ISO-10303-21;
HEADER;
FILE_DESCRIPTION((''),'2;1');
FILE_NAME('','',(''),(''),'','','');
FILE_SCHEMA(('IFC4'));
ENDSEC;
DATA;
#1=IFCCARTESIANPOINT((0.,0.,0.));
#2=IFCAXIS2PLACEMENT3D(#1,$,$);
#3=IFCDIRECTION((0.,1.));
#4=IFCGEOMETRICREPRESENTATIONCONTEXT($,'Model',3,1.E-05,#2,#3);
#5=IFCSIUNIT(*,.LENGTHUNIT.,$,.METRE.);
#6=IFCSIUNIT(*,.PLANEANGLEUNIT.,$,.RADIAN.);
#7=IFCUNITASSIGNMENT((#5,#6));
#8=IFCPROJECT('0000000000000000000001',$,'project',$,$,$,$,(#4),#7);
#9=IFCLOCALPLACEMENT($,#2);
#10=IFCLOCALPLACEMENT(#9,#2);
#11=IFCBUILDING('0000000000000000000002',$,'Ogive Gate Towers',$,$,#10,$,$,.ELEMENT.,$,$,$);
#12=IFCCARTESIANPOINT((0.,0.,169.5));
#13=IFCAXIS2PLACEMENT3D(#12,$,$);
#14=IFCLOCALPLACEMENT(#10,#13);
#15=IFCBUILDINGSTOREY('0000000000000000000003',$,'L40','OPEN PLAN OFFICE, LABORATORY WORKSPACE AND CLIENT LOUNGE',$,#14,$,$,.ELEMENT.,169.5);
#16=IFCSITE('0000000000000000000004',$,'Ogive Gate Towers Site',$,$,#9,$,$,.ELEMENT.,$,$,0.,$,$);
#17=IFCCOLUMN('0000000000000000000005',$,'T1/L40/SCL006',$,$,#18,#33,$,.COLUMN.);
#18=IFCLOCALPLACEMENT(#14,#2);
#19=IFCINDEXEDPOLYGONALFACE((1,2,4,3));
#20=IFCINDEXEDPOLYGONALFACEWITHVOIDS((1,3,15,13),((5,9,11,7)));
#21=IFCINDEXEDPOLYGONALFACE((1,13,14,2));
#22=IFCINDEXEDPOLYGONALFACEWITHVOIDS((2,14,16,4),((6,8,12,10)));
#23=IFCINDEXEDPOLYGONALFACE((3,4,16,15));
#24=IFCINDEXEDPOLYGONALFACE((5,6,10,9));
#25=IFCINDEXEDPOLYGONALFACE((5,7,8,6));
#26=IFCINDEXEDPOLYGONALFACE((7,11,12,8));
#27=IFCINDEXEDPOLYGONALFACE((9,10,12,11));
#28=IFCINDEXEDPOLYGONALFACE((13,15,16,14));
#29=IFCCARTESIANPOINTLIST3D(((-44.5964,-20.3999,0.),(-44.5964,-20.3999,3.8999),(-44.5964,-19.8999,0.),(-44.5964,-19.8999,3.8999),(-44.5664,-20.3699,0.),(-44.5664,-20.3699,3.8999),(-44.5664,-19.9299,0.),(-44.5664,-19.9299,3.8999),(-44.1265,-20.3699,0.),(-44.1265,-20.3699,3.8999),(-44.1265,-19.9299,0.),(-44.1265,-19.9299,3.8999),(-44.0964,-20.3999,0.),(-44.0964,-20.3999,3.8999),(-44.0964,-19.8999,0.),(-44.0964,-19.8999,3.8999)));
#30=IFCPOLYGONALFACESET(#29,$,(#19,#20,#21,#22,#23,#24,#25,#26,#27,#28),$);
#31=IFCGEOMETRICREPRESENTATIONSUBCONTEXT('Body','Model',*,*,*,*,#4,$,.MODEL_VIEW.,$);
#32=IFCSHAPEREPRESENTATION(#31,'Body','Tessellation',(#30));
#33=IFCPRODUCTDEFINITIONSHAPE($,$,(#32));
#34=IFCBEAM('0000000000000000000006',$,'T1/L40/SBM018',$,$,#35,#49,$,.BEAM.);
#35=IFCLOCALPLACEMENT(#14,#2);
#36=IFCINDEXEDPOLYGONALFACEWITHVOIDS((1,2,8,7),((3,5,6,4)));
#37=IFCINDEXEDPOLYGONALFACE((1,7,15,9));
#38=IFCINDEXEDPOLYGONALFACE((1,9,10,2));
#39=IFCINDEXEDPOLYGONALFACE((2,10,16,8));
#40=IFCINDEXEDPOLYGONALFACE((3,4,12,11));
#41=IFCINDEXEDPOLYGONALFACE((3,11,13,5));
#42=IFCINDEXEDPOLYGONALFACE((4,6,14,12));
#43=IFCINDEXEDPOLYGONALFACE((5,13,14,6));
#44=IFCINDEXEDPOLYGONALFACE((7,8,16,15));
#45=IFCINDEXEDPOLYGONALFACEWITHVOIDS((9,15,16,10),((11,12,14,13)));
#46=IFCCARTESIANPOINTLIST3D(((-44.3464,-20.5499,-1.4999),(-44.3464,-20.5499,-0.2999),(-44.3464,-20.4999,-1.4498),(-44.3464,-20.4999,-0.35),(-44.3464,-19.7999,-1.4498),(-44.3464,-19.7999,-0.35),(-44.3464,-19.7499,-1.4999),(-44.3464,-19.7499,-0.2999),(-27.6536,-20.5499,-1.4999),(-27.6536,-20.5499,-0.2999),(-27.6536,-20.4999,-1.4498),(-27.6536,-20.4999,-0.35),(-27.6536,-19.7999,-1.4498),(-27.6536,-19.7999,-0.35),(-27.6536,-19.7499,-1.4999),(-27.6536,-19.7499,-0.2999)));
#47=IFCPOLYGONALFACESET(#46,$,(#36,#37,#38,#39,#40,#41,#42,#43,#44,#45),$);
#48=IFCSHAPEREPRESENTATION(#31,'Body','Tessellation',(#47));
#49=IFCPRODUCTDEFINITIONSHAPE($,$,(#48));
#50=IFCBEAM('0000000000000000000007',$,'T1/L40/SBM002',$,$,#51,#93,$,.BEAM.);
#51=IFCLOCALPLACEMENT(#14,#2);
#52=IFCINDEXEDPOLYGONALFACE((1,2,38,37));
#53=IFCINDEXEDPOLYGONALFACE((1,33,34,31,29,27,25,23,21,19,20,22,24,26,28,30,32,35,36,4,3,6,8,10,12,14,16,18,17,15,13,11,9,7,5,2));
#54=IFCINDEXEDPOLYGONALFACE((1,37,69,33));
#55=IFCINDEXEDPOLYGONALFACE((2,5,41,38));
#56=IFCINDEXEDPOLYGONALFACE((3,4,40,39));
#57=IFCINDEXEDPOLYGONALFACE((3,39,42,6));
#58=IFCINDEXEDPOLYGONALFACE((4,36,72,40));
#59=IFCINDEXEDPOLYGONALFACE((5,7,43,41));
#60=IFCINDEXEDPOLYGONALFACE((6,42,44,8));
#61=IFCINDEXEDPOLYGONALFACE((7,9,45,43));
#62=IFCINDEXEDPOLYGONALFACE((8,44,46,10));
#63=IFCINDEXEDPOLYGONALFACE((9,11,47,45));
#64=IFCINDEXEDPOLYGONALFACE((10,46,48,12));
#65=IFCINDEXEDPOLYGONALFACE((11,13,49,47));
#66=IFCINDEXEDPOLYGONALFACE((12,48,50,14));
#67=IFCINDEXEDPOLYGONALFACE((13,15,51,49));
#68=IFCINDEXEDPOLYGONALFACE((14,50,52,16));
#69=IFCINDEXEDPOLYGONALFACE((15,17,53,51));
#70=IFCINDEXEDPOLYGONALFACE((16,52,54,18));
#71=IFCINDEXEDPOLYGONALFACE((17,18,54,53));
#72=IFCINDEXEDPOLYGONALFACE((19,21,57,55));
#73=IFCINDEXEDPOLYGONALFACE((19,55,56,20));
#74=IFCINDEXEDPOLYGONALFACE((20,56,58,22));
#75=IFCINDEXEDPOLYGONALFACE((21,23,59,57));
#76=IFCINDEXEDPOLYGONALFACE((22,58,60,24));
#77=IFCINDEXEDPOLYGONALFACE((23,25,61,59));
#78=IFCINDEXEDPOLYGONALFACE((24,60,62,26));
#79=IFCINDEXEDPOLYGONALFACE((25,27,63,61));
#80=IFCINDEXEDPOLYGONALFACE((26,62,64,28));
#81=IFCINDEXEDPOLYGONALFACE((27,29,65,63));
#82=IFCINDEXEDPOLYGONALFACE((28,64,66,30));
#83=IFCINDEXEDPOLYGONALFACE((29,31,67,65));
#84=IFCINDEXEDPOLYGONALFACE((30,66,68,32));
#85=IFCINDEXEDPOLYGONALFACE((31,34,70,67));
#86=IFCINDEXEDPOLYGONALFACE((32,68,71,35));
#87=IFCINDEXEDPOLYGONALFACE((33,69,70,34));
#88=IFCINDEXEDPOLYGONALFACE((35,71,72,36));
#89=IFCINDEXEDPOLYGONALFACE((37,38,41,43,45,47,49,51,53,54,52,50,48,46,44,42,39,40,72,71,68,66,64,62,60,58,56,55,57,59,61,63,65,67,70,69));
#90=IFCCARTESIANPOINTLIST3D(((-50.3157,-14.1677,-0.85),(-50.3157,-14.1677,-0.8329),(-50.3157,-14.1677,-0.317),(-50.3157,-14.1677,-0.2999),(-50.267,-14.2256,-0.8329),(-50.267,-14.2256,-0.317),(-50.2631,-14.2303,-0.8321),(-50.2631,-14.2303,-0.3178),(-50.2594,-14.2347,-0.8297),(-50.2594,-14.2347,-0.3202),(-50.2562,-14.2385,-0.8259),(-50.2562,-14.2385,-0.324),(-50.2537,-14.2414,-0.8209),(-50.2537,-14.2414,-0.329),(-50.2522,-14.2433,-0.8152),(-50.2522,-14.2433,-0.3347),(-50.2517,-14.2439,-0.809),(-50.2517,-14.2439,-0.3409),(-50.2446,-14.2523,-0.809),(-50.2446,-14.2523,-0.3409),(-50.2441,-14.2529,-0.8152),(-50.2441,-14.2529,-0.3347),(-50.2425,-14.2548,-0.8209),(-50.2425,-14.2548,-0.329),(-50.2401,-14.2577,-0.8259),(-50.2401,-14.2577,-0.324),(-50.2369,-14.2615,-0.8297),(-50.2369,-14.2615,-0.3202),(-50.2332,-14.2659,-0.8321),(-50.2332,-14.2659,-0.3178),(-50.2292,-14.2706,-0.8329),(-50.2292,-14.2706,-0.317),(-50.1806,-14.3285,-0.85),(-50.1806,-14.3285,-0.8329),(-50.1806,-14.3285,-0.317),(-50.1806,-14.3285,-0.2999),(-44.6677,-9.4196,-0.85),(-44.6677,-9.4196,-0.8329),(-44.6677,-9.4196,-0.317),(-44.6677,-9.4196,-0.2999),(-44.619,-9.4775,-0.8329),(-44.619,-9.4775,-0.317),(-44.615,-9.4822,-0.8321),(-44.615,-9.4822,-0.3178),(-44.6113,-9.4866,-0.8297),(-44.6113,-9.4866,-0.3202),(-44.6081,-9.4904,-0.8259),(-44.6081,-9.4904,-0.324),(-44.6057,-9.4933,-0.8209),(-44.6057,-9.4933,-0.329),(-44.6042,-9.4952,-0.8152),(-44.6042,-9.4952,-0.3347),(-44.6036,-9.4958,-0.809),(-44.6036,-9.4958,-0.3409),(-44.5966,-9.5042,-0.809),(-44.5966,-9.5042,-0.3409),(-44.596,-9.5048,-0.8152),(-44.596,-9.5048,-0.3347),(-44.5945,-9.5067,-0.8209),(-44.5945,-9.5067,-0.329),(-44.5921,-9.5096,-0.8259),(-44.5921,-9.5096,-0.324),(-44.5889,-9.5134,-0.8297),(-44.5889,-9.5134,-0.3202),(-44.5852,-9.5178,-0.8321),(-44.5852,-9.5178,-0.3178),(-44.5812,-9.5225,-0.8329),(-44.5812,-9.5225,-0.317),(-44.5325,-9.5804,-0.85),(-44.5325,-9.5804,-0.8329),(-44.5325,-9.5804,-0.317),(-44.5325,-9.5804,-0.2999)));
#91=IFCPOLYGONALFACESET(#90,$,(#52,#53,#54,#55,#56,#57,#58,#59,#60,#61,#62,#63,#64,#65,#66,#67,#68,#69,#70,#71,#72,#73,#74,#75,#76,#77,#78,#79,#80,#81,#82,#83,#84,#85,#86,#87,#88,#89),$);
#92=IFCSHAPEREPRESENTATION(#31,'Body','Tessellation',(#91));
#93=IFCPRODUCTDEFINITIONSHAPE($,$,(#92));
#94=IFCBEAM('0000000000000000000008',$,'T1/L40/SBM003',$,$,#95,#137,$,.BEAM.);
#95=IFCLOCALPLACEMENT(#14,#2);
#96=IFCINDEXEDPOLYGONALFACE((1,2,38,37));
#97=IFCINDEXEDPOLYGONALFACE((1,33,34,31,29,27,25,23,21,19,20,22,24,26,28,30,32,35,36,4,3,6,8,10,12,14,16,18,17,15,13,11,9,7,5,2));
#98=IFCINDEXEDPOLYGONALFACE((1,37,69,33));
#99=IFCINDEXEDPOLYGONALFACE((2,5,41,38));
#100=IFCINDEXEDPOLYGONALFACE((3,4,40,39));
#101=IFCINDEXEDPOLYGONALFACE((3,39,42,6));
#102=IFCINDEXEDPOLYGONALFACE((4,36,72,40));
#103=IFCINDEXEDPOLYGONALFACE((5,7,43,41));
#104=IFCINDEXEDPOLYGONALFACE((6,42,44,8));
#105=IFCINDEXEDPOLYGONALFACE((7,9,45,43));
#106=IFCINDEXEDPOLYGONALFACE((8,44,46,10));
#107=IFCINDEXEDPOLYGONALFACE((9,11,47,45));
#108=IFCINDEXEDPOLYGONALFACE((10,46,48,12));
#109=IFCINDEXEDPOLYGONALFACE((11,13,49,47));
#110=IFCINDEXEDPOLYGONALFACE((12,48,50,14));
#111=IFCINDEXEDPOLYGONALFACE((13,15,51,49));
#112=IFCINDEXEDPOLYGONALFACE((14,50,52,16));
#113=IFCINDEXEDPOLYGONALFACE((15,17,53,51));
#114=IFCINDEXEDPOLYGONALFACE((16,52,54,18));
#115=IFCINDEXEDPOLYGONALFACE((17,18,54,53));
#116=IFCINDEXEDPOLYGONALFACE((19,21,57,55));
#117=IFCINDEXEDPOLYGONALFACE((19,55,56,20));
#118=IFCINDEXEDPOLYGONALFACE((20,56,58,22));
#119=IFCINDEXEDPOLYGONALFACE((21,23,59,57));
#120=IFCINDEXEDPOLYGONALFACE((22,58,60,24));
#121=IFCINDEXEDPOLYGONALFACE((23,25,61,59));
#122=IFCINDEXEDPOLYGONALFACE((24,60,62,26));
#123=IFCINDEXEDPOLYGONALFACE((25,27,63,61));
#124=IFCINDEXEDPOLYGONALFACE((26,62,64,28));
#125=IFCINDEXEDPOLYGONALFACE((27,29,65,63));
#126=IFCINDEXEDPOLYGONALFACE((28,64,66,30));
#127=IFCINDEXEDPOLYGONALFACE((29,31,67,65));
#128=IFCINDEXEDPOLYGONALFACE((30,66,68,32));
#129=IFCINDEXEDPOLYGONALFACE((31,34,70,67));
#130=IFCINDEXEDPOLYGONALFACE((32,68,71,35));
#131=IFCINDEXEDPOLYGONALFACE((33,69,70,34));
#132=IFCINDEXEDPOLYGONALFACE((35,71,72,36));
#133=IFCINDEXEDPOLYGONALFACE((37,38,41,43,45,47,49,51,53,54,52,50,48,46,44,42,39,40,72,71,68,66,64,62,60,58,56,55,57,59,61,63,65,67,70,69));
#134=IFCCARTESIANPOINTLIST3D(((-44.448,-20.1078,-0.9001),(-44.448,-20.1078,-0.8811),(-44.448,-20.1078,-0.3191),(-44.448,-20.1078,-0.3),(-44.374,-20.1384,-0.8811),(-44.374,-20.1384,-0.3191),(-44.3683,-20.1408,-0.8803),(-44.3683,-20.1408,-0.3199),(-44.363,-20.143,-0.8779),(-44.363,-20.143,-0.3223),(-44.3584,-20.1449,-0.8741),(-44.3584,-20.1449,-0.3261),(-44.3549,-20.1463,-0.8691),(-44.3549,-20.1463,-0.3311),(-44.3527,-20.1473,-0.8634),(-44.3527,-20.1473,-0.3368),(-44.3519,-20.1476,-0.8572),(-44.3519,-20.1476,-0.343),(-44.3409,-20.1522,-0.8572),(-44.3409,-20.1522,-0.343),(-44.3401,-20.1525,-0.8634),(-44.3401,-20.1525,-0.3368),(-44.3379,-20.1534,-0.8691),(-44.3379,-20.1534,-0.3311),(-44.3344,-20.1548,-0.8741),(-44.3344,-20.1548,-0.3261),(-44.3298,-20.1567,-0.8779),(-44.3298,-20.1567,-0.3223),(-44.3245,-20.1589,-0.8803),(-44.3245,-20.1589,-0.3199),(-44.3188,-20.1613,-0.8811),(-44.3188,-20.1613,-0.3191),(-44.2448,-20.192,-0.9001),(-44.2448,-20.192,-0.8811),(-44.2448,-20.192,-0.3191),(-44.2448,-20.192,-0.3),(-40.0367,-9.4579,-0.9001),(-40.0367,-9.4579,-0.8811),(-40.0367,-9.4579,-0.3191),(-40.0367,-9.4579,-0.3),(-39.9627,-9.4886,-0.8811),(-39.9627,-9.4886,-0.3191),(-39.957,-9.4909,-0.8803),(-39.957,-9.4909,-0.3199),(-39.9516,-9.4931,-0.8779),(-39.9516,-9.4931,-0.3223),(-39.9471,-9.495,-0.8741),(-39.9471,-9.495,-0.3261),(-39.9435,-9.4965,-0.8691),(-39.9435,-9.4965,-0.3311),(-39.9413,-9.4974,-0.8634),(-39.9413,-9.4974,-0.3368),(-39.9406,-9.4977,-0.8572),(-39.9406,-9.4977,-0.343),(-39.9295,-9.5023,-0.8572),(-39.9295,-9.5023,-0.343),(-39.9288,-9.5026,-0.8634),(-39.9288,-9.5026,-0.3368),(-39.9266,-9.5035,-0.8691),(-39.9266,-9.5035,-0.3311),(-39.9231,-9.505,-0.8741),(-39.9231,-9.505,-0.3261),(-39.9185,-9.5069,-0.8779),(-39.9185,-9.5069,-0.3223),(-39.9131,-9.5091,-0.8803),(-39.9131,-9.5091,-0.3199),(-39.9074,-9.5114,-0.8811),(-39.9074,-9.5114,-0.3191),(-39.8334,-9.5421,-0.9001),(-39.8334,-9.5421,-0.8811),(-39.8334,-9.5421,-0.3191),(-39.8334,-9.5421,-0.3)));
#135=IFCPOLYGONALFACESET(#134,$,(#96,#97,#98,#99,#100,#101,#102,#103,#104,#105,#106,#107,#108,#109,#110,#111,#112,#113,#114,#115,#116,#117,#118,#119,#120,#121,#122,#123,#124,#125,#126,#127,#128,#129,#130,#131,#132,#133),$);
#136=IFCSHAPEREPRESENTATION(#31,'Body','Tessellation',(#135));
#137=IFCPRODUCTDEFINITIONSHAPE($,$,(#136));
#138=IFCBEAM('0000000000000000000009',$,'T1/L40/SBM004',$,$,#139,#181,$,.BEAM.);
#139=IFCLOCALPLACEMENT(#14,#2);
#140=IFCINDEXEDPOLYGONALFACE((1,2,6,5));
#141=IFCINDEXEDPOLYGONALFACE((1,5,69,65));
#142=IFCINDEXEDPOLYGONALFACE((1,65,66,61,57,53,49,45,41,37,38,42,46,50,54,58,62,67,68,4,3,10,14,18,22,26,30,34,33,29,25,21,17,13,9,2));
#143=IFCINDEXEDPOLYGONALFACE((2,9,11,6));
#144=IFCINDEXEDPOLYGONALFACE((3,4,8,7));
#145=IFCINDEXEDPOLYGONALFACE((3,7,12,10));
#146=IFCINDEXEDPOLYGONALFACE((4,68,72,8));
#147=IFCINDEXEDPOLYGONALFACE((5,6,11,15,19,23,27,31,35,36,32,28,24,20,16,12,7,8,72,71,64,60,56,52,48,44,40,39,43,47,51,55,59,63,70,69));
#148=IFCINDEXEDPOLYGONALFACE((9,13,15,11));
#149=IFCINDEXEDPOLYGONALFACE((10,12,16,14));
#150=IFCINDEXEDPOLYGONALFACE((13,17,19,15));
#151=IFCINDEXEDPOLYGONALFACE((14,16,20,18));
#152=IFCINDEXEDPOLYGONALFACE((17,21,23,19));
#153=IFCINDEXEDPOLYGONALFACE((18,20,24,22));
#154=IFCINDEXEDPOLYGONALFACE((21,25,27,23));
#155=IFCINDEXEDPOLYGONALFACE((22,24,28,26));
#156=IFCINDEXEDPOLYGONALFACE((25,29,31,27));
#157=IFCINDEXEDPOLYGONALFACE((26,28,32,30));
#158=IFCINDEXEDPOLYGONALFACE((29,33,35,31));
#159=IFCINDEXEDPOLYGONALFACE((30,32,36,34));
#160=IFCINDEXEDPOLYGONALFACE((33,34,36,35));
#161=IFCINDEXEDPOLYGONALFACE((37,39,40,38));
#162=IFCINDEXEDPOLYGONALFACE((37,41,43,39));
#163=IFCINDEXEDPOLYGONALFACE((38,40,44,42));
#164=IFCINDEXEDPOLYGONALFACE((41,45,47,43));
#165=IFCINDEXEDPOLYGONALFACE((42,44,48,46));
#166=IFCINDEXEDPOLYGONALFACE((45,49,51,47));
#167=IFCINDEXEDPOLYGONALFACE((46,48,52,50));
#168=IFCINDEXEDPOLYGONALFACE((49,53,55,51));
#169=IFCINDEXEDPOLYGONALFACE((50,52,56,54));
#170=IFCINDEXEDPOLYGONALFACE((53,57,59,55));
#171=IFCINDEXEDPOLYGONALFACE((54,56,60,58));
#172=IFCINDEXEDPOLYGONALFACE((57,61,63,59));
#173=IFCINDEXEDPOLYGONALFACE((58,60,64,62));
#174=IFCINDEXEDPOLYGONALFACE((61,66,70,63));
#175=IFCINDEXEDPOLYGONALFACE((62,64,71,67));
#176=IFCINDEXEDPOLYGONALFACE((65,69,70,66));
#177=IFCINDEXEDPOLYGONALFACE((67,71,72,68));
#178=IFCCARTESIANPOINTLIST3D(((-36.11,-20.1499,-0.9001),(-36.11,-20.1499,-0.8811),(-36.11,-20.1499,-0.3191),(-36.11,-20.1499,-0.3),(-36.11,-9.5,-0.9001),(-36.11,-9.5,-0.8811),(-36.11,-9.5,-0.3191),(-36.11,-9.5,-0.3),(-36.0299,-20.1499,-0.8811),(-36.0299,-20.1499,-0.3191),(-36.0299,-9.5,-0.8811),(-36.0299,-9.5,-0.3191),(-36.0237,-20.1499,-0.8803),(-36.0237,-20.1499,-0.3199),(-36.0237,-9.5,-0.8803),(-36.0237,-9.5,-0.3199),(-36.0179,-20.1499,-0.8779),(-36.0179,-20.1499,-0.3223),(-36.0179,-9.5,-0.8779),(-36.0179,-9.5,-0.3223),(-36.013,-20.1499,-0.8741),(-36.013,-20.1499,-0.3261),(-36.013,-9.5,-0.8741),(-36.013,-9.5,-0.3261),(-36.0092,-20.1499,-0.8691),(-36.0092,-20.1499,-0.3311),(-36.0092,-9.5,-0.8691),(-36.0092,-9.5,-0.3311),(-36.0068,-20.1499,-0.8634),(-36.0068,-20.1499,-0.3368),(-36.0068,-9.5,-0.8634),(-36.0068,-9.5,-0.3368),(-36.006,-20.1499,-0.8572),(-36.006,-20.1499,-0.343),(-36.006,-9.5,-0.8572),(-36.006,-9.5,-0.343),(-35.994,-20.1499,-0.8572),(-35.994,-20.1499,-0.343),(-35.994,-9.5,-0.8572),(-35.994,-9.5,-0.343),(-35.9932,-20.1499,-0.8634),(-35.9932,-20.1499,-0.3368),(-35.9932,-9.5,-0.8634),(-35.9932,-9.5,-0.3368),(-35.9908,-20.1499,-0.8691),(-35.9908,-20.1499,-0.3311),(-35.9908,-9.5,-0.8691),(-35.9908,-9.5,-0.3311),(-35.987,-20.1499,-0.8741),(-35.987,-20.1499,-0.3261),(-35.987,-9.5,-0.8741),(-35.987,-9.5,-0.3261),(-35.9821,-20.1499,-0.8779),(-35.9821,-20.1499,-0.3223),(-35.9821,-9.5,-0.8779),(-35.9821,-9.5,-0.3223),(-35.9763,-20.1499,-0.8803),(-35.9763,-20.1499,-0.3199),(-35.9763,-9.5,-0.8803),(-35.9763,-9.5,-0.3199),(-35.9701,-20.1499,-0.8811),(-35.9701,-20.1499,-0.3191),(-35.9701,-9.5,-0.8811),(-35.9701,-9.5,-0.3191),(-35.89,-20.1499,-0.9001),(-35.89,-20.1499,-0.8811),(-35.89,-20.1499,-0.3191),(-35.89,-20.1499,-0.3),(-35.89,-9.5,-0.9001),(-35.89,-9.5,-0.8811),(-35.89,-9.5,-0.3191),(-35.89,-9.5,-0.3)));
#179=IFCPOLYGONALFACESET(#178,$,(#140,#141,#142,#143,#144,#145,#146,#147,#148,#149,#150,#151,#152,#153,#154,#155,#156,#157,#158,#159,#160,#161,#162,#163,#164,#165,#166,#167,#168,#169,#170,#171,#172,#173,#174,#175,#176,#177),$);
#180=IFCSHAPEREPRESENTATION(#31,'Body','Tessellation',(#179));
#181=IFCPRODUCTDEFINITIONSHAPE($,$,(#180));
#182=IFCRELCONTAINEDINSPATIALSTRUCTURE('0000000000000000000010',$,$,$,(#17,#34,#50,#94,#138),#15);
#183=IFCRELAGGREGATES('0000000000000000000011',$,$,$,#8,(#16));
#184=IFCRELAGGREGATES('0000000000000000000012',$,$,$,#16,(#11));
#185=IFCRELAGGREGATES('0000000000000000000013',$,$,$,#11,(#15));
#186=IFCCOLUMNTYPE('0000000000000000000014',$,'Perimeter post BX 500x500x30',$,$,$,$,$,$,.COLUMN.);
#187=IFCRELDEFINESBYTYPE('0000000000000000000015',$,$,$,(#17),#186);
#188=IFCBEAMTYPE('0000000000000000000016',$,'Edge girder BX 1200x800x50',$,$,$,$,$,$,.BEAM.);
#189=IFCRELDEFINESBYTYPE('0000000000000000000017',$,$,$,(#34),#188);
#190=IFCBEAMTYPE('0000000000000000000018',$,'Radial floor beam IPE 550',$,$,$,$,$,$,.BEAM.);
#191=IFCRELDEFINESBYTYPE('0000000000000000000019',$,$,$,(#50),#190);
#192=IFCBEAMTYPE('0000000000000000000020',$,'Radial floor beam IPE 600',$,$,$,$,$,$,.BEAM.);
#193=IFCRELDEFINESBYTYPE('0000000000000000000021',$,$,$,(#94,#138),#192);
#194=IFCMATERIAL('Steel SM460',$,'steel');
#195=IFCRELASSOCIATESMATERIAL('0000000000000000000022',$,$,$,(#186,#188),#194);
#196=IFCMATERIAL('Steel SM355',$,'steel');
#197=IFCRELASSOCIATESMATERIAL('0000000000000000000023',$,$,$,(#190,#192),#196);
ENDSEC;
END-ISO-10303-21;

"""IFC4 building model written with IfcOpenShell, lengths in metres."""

from ifc_helpers import new_model, si_unit, direction, frame, origin, origin_2d, place, context, subcontext, project, spatial, hollow_rectangle, i_section, extrude, material, material_profile, profile_set, type_object, element, save


model = new_model("IFC4")

# Units and contexts
model_context = context("Model", 3, precision=1e-05, world=origin(), true_north=direction((0.0, 1.0)))
body_context = subcontext(model_context, "Body", "Model", "MODEL_VIEW")
ifc_project = project(units=[si_unit("LENGTHUNIT", "METRE"), si_unit("PLANEANGLEUNIT", "RADIAN")], contexts=[model_context])

# Site, building, storey
site_placement = place(None, origin())
site = spatial("IfcSite", under=ifc_project, at=site_placement, Name="Ogive Gate Towers Site", CompositionType="ELEMENT", RefElevation=0.0)
building_placement = place(site_placement, origin())
building = spatial("IfcBuilding", under=site, at=building_placement, Name="Ogive Gate Towers", CompositionType="ELEMENT")
storey_placement = place(building_placement, frame((0.0, 0.0, 169.5)))
storey = spatial("IfcBuildingStorey", under=building, at=storey_placement, Name="L40", Description="OPEN PLAN OFFICE, LABORATORY WORKSPACE AND CLIENT LOUNGE", CompositionType="ELEMENT", Elevation=169.5)

# Column
ifc_material_1 = material(Name="Steel SM460", Category="steel")
ifc_material_profile_1 = material_profile(ifc_material_1, hollow_rectangle(XDim=0.5, YDim=0.5, WallThickness=0.03, at=origin_2d()), Name="BX 500x500x30")
ifc_profile_set_1 = profile_set([ifc_material_profile_1], Name="Steel SM460")
column_type = type_object("IfcColumnType", Name="Perimeter post BX 500x500x30", PredefinedType="COLUMN", material=ifc_profile_set_1)
column_placement = place(storey_placement, frame((-44.3464, -20.1499, 0.0), z_axis=(0.0, 0.0, 1.0), x_axis=(1.0, 0.0, 0.0)))
element("IfcColumn", 1, at=column_placement, inside=storey, type_object=column_type, Name="T1/L40/SCL006", PredefinedType="COLUMN", context=body_context, shape_type="SweptSolid", body=[
    extrude(hollow_rectangle(XDim=0.5, YDim=0.5, WallThickness=0.03, at=origin_2d()), origin(), (0.0, 0.0, 1.0), 3.8999),
])

# Beams
ifc_material_profile_2 = material_profile(ifc_material_1, hollow_rectangle(XDim=0.8, YDim=1.2, WallThickness=0.05, at=origin_2d()), Name="BX 1200x800x50")
ifc_profile_set_2 = profile_set([ifc_material_profile_2], Name="Steel SM460")
beam_type_1 = type_object("IfcBeamType", Name="Edge girder BX 1200x800x50", PredefinedType="BEAM", material=ifc_profile_set_2)
beam_1_placement = place(storey_placement, frame((-44.3464, -20.1499, -0.8999), z_axis=(1.0, 0.0, 0.0), x_axis=(0.0, 1.0, 0.0)))
element("IfcBeam", 2, at=beam_1_placement, inside=storey, type_object=beam_type_1, Name="T1/L40/SBM018", PredefinedType="BEAM", context=body_context, shape_type="SweptSolid", body=[
    extrude(hollow_rectangle(XDim=0.8, YDim=1.2, WallThickness=0.05, at=origin_2d()), origin(), (0.0, 0.0, 1.0), 16.6929),
])
ifc_material_2 = material(Name="Steel SM355", Category="steel")
ifc_material_profile_3 = material_profile(ifc_material_2, i_section(OverallWidth=0.21, OverallDepth=0.55, WebThickness=0.011, FlangeThickness=0.0171, FilletRadius=0.0239, at=origin_2d()), Name="IPE 550")
ifc_profile_set_3 = profile_set([ifc_material_profile_3], Name="Steel SM355")
beam_type_2 = type_object("IfcBeamType", Name="Radial floor beam IPE 550", PredefinedType="BEAM", material=ifc_profile_set_3)
beam_2_placement = place(storey_placement, frame((-44.6001, -9.5, -0.575), z_axis=(-0.765453, -0.643492, 0.0), x_axis=(0.643492, -0.765453, 0.0)))
element("IfcBeam", 3, at=beam_2_placement, inside=storey, type_object=beam_type_2, Name="T1/L40/SBM002", PredefinedType="BEAM", context=body_context, shape_type="SweptSolid", body=[
    extrude(i_section(OverallWidth=0.21, OverallDepth=0.55, WebThickness=0.011, FlangeThickness=0.0171, FilletRadius=0.0239, at=origin_2d()), origin(), (0.0, 0.0, 1.0), 7.3787),
])
ifc_material_profile_4 = material_profile(ifc_material_2, i_section(OverallWidth=0.22, OverallDepth=0.6001, WebThickness=0.012, FlangeThickness=0.019, FilletRadius=0.0239, at=origin_2d()), Name="IPE 600")
ifc_profile_set_4 = profile_set([ifc_material_profile_4], Name="Steel SM355")
beam_type_3 = type_object("IfcBeamType", Name="Radial floor beam IPE 600", PredefinedType="BEAM", material=ifc_profile_set_4)
beam_3_placement = place(storey_placement, frame((-39.9351, -9.5, -0.6001), z_axis=(-0.382687, -0.923878, 0.0), x_axis=(0.923878, -0.382687, 0.0)))
element("IfcBeam", 4, at=beam_3_placement, inside=storey, type_object=beam_type_3, Name="T1/L40/SBM003", PredefinedType="BEAM", context=body_context, shape_type="SweptSolid", body=[
    extrude(i_section(OverallWidth=0.22, OverallDepth=0.6001, WebThickness=0.012, FlangeThickness=0.019, FilletRadius=0.0239, at=origin_2d()), origin(), (0.0, 0.0, 1.0), 11.5273),
])
beam_4_placement = place(storey_placement, frame((-36.0, -9.5, -0.6001), z_axis=(0.0, -1.0, 0.0), x_axis=(1.0, 0.0, 0.0)))
element("IfcBeam", 5, at=beam_4_placement, inside=storey, type_object=beam_type_3, Name="T1/L40/SBM004", PredefinedType="BEAM", context=body_context, shape_type="SweptSolid", body=[
    extrude(i_section(OverallWidth=0.22, OverallDepth=0.6001, WebThickness=0.012, FlangeThickness=0.019, FilletRadius=0.0239, at=origin_2d()), origin(), (0.0, 0.0, 1.0), 10.6499),
])

save(model, "model.ifc")
